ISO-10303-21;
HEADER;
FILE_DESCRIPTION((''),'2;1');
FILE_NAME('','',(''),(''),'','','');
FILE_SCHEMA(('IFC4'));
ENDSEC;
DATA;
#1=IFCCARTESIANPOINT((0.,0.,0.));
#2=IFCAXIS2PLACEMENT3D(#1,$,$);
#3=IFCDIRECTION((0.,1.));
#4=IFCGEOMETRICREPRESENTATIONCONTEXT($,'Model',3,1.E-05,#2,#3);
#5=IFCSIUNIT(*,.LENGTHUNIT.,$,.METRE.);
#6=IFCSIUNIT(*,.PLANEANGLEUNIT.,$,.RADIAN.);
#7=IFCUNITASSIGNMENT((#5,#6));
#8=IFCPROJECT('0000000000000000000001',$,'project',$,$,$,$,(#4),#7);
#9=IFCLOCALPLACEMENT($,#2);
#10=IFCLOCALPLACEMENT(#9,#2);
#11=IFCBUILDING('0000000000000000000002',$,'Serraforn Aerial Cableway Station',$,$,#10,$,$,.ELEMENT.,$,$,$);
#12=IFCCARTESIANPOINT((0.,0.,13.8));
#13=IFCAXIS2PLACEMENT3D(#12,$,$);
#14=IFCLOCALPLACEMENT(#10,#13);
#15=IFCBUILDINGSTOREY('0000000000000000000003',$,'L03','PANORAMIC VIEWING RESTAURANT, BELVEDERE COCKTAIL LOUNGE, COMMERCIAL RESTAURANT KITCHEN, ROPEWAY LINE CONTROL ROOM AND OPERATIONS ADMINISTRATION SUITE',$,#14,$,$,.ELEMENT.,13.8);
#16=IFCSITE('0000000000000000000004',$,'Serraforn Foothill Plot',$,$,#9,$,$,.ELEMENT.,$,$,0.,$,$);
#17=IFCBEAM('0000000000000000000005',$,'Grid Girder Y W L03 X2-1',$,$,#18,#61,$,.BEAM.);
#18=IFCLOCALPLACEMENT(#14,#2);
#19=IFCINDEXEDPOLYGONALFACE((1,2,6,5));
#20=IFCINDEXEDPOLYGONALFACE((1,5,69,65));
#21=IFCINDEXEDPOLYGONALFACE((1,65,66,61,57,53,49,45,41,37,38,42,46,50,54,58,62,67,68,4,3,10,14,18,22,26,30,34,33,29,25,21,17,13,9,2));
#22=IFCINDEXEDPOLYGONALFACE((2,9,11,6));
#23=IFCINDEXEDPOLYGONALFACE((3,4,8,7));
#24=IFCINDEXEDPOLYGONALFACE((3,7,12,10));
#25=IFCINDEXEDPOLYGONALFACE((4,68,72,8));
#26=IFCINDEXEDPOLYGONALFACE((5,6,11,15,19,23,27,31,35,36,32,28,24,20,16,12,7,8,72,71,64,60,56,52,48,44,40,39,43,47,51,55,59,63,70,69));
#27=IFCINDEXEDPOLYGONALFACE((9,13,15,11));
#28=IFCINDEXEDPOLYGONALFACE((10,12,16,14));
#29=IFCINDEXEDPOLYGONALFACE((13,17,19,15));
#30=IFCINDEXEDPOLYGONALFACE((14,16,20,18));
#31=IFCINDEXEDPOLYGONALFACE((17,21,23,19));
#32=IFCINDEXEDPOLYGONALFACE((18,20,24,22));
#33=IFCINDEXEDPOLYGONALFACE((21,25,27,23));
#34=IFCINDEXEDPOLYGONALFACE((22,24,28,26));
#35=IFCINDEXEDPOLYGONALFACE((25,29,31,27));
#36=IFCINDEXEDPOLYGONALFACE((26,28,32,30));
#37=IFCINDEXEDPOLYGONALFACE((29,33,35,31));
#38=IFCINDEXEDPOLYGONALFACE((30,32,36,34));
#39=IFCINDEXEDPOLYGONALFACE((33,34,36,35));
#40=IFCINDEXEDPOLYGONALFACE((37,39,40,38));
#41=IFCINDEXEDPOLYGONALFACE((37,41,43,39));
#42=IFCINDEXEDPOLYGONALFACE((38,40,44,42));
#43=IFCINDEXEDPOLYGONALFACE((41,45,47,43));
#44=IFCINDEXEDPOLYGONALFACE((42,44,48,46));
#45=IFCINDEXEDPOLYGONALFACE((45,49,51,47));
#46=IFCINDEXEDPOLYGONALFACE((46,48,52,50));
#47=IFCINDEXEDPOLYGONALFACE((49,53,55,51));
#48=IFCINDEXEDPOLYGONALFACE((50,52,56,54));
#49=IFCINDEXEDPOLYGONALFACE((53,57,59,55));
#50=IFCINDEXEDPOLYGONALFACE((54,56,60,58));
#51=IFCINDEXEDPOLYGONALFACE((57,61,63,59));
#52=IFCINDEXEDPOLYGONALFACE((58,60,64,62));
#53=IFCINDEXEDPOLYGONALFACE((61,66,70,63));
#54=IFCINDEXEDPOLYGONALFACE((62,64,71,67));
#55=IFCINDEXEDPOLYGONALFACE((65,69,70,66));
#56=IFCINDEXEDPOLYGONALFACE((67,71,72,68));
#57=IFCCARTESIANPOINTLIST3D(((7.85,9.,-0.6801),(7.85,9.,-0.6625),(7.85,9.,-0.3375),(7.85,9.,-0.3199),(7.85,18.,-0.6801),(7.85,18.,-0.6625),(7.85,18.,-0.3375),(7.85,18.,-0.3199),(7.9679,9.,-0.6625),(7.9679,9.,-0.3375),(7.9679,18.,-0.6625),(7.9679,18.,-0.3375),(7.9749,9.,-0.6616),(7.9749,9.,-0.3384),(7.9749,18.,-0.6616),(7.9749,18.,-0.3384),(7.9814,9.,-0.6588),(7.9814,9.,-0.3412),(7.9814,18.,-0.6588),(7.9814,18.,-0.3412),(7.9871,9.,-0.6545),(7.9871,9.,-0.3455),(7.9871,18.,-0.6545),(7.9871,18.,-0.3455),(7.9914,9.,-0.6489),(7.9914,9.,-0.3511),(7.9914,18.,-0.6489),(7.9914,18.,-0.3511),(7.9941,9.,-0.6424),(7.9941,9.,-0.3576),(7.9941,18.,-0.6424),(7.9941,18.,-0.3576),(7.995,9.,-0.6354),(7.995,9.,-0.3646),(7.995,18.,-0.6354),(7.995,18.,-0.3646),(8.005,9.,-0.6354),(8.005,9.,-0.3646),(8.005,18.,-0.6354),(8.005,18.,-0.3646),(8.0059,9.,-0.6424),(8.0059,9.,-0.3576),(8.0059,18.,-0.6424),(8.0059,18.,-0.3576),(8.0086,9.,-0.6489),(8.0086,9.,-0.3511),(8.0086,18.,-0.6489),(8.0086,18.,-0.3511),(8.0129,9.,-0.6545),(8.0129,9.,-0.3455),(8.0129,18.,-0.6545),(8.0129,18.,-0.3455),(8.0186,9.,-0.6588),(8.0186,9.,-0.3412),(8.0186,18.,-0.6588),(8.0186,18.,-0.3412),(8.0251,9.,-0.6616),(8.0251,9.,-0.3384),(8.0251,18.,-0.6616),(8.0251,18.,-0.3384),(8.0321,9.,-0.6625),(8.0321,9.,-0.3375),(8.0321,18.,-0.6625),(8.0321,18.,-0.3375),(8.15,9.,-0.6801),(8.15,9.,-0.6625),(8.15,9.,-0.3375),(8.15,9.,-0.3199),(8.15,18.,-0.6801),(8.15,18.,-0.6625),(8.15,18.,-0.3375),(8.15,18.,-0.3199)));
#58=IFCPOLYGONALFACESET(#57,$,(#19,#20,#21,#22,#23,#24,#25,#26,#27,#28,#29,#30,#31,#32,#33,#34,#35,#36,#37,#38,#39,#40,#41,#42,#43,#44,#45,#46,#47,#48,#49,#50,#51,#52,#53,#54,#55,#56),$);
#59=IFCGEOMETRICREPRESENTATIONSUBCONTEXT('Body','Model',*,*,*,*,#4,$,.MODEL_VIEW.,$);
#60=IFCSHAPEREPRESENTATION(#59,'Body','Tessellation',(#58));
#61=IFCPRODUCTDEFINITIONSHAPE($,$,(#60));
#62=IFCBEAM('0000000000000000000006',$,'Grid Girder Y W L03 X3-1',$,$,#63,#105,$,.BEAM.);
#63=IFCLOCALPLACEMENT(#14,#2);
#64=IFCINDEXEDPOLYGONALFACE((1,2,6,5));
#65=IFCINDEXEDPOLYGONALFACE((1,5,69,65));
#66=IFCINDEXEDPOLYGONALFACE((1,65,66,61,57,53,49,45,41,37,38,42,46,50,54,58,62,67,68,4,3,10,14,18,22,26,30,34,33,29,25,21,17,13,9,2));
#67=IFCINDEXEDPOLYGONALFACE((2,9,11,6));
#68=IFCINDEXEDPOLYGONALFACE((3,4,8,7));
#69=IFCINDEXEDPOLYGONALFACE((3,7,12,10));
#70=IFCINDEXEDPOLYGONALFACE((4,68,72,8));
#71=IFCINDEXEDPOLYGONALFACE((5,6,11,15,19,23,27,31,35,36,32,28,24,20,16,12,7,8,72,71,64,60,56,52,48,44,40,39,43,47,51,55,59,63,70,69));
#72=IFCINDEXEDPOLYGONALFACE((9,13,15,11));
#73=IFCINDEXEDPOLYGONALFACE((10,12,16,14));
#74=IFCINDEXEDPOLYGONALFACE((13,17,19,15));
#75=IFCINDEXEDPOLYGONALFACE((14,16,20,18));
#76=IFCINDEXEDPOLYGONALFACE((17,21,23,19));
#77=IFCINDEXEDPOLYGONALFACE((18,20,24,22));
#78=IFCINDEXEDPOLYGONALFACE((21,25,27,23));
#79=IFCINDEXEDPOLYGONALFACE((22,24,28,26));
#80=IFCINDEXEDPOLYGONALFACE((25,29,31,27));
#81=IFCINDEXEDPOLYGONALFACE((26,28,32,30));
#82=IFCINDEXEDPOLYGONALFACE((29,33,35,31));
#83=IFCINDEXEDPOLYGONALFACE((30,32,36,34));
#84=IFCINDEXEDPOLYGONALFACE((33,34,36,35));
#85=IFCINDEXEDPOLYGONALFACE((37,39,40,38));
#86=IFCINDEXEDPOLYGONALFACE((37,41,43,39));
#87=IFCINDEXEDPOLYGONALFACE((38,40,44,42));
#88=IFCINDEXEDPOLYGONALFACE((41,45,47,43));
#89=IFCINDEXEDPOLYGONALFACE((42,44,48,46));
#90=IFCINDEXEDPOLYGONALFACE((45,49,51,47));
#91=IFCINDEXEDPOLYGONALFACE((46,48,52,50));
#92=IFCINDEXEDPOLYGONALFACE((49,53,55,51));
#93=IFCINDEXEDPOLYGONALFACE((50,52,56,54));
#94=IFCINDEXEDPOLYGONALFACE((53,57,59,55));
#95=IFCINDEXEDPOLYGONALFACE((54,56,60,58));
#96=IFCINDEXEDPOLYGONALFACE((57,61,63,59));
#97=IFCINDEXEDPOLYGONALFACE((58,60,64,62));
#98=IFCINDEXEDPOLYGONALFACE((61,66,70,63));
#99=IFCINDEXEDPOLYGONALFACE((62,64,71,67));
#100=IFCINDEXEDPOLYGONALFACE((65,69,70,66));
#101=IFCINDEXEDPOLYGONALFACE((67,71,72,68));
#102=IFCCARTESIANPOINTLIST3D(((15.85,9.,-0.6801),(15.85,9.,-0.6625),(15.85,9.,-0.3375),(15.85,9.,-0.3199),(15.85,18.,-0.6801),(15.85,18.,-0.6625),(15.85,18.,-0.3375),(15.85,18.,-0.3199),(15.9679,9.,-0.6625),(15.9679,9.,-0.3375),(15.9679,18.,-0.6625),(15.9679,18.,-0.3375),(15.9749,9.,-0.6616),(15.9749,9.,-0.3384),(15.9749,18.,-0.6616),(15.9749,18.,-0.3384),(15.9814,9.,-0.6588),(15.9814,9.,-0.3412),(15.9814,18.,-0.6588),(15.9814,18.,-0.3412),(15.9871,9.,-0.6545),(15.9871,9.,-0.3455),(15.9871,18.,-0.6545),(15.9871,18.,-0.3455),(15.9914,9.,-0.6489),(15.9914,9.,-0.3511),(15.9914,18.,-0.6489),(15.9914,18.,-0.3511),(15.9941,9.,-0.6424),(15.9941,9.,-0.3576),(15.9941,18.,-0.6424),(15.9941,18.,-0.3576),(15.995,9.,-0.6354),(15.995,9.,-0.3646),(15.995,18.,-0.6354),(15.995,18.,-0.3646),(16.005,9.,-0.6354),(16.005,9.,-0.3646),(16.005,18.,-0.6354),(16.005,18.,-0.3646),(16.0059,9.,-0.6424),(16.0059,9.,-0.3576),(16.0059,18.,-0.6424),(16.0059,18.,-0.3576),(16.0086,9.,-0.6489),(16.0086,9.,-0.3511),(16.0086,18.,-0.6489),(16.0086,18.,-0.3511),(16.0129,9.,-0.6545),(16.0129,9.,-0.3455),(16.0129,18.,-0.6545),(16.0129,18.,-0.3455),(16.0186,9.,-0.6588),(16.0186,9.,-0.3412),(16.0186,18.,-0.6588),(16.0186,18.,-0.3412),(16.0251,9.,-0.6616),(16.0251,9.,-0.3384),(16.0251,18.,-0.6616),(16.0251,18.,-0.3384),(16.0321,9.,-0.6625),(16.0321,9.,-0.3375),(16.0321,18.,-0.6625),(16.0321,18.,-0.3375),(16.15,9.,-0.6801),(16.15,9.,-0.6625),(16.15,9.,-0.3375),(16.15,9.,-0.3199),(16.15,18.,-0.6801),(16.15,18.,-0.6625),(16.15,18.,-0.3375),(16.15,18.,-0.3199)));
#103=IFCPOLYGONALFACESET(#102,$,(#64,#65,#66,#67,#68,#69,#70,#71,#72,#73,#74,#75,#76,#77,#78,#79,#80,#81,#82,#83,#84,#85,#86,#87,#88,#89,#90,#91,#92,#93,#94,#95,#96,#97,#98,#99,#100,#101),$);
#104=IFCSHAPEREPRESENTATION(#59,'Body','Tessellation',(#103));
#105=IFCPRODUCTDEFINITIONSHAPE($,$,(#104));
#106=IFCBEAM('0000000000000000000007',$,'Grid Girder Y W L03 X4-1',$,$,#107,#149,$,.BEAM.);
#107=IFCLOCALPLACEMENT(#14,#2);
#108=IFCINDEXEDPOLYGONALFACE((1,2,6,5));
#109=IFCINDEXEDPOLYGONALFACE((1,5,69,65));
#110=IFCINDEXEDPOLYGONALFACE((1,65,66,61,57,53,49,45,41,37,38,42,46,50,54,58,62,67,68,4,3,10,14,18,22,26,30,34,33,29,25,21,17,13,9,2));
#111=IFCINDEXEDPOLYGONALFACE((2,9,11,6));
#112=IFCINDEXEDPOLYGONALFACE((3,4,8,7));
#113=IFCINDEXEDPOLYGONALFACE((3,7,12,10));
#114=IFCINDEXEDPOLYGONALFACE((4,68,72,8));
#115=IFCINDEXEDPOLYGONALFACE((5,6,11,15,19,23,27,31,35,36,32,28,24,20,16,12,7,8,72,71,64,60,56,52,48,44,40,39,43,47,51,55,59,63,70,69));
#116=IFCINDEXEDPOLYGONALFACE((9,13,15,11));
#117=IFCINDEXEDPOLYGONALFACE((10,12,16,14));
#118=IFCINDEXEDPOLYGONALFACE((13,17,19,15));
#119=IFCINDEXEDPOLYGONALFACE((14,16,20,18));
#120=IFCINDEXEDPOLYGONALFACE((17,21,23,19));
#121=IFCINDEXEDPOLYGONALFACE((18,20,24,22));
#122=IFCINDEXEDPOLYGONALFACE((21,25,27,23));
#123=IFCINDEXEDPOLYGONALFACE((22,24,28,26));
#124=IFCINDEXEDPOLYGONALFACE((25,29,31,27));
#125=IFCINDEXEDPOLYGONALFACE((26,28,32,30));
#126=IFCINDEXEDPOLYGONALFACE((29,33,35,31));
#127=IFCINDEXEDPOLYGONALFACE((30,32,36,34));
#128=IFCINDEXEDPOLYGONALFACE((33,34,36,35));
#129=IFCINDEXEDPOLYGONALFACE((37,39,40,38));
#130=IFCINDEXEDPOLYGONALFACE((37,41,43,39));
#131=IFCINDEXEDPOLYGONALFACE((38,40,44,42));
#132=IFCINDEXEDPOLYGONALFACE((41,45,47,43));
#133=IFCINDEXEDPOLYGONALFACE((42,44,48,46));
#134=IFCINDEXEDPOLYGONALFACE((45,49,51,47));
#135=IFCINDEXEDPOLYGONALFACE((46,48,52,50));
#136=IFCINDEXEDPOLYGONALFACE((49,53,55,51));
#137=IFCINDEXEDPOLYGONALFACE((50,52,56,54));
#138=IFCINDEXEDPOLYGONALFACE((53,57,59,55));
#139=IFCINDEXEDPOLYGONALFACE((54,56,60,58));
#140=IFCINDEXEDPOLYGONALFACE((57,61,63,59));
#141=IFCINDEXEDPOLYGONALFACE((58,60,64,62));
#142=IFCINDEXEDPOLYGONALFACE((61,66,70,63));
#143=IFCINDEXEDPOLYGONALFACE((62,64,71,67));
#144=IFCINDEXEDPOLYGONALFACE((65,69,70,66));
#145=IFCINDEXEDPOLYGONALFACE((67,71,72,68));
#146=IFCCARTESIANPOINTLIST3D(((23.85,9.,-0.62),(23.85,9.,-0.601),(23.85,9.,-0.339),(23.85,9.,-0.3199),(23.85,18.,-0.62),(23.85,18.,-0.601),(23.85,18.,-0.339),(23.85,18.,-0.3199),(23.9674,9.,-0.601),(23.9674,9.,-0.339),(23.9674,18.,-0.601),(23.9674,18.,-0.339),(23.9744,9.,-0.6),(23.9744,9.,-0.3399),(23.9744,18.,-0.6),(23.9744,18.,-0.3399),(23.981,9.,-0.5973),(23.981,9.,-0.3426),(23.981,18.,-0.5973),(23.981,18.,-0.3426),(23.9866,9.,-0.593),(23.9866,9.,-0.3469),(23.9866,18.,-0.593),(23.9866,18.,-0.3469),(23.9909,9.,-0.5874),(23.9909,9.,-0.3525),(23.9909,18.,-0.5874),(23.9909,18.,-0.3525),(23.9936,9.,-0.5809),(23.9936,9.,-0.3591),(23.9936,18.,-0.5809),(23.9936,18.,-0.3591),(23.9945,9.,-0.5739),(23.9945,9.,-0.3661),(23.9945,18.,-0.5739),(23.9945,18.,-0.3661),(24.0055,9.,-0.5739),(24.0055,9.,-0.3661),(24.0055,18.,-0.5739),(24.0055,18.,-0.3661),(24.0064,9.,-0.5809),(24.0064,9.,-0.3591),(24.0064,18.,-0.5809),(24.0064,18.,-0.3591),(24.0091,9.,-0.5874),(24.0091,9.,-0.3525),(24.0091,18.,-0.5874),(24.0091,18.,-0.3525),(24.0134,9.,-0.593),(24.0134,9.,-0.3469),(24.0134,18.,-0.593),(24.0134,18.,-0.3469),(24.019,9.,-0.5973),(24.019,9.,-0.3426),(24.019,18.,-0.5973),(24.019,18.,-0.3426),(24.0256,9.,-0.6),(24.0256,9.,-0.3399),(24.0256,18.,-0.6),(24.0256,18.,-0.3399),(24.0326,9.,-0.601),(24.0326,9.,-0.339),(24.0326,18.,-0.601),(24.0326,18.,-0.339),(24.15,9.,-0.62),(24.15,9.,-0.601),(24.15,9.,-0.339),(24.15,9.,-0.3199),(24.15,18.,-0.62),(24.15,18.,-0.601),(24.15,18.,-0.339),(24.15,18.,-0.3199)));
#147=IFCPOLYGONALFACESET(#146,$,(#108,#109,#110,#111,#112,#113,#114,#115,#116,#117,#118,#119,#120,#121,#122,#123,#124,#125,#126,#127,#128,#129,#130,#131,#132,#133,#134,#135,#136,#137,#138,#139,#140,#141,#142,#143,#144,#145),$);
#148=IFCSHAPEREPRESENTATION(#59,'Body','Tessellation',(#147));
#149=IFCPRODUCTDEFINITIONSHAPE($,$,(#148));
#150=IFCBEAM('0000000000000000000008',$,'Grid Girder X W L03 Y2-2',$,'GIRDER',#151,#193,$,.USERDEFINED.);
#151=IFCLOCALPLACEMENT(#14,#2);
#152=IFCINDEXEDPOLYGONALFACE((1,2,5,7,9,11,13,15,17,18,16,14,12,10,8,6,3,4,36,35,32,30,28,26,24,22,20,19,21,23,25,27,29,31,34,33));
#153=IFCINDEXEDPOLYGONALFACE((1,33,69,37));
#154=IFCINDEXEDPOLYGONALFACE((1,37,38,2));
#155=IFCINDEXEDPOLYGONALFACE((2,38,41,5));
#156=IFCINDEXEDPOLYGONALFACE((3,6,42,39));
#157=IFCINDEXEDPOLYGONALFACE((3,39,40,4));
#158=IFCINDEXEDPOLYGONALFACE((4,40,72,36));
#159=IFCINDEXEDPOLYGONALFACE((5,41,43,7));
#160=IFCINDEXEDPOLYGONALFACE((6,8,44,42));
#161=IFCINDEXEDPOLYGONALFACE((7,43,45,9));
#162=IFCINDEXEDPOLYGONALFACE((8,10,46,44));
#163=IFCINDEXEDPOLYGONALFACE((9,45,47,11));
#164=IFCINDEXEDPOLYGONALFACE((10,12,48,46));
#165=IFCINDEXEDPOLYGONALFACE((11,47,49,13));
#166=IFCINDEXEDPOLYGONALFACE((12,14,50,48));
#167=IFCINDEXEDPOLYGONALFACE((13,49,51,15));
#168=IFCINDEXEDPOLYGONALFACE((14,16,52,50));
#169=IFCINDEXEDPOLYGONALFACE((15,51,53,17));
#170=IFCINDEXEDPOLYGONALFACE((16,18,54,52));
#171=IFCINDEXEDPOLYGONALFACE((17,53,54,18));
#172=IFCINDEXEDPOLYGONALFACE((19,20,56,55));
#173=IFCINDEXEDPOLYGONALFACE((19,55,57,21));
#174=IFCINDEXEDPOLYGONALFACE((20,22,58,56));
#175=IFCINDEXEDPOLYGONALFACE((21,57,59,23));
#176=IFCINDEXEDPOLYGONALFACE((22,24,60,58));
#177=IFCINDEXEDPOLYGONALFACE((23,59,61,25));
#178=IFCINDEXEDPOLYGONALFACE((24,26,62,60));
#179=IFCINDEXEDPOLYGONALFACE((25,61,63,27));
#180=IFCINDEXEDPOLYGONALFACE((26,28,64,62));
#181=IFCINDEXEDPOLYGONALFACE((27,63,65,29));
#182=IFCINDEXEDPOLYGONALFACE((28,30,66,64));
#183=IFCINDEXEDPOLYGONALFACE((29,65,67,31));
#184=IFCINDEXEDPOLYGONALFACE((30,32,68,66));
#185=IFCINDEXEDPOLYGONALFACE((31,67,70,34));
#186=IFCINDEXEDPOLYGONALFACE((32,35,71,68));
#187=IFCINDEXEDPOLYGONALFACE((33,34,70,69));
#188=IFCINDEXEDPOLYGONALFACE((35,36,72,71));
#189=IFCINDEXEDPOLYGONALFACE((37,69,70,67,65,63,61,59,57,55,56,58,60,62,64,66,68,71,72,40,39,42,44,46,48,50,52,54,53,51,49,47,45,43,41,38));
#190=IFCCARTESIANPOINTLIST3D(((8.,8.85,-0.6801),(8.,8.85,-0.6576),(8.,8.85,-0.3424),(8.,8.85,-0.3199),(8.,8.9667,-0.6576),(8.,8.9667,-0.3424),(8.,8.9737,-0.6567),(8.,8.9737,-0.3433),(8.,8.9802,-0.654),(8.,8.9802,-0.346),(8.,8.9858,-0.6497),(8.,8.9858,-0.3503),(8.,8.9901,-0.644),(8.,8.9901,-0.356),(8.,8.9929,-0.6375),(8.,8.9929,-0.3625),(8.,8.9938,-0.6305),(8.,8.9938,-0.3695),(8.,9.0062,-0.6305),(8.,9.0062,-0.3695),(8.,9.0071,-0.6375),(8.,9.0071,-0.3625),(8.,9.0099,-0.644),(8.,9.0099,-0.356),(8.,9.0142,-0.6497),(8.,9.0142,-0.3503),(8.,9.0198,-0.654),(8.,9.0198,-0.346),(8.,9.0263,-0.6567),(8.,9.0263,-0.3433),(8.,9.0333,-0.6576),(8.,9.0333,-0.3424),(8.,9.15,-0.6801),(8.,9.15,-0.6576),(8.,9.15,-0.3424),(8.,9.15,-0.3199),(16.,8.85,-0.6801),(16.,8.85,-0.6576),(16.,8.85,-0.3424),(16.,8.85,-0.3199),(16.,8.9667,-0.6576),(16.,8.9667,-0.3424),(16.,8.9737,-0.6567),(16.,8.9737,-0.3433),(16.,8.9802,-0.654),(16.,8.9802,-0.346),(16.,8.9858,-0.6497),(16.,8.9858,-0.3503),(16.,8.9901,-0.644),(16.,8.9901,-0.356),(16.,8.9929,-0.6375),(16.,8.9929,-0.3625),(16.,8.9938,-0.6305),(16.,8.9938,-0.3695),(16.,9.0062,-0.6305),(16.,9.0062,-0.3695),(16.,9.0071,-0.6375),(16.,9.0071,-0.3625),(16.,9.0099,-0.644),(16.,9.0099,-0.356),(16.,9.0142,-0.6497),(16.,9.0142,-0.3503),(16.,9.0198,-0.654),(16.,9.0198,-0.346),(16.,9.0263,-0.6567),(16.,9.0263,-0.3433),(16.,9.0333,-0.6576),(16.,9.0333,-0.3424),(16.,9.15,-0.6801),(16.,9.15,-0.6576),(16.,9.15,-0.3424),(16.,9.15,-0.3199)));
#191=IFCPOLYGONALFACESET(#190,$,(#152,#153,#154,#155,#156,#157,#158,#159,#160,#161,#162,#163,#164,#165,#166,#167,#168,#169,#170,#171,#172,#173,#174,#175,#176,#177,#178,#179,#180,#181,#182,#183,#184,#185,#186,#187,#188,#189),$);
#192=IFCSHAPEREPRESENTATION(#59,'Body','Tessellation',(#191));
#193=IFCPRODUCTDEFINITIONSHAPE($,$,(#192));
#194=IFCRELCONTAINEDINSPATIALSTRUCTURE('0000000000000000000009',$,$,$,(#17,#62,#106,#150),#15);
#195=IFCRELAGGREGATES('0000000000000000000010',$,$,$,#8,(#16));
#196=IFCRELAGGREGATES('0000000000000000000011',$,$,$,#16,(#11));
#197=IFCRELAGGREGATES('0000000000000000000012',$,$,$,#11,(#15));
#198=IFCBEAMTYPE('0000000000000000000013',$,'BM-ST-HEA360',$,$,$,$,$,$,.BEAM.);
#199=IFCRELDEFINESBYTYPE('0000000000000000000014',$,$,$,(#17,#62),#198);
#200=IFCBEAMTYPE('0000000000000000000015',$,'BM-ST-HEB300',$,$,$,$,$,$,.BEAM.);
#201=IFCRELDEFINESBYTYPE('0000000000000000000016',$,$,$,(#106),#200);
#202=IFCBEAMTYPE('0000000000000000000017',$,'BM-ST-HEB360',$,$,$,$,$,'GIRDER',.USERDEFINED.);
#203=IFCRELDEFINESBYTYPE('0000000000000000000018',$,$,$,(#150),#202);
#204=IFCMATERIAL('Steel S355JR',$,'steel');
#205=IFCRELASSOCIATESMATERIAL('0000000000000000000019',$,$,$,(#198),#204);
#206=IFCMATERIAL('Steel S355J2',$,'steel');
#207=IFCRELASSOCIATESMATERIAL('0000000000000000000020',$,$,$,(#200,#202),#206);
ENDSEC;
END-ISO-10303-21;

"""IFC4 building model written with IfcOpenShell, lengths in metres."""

from ifc_helpers import new_model, si_unit, direction, frame, origin, origin_2d, place, context, subcontext, project, spatial, i_section, extrude, material, material_profile, profile_set, type_object, element, save


model = new_model("IFC4")

# Units and contexts
model_context = context("Model", 3, precision=1e-05, world=origin(), true_north=direction((0.0, 1.0)))
body_context = subcontext(model_context, "Body", "Model", "MODEL_VIEW")
ifc_project = project(units=[si_unit("LENGTHUNIT", "METRE"), si_unit("PLANEANGLEUNIT", "RADIAN")], contexts=[model_context])

# Site, building, storey
site_placement = place(None, origin())
site = spatial("IfcSite", under=ifc_project, at=site_placement, Name="Serraforn Foothill Plot", CompositionType="ELEMENT", RefElevation=0.0)
building_placement = place(site_placement, origin())
building = spatial("IfcBuilding", under=site, at=building_placement, Name="Serraforn Aerial Cableway Station", CompositionType="ELEMENT")
storey_placement = place(building_placement, frame((0.0, 0.0, 13.8)))
storey = spatial("IfcBuildingStorey", under=building, at=storey_placement, Name="L03", Description="PANORAMIC VIEWING RESTAURANT, BELVEDERE COCKTAIL LOUNGE, COMMERCIAL RESTAURANT KITCHEN, ROPEWAY LINE CONTROL ROOM AND OPERATIONS ADMINISTRATION SUITE", CompositionType="ELEMENT", Elevation=13.8)

# Beams
ifc_material_1 = material(Name="Steel S355JR", Category="steel")
ifc_material_profile_1 = material_profile(ifc_material_1, i_section(OverallWidth=0.3, OverallDepth=0.3601, WebThickness=0.01, FlangeThickness=0.0176, FilletRadius=0.0271, at=origin_2d()), Name="HEA 360")
ifc_profile_set_1 = profile_set([ifc_material_profile_1], Name="Steel S355JR")
beam_type_1 = type_object("IfcBeamType", Name="BM-ST-HEA360", PredefinedType="BEAM", material=ifc_profile_set_1)
for number, where, z_axis, x_axis, name in (
    (1, (8.0, 9.0, -0.5), (0.0, 1.0, 0.0), (-1.0, 0.0, 0.0), "Grid Girder Y W L03 X2-1"),
    (2, (16.0, 9.0, -0.5), (0.0, 1.0, 0.0), (-1.0, 0.0, 0.0), "Grid Girder Y W L03 X3-1"),
):
    element("IfcBeam", number, at=place(storey_placement, frame(where, z_axis=z_axis, x_axis=x_axis)), inside=storey, type_object=beam_type_1, Name=name, PredefinedType="BEAM", context=body_context, shape_type="SweptSolid", body=[
        extrude(i_section(OverallWidth=0.3, OverallDepth=0.3601, WebThickness=0.01, FlangeThickness=0.0176, FilletRadius=0.0271, at=origin_2d()), origin(), (0.0, 0.0, 1.0), 9.0),
    ])
ifc_material_2 = material(Name="Steel S355J2", Category="steel")
ifc_material_profile_2 = material_profile(ifc_material_2, i_section(OverallWidth=0.3, OverallDepth=0.3, WebThickness=0.011, FlangeThickness=0.019, FilletRadius=0.0271, at=origin_2d()), Name="HEB 300")
ifc_profile_set_2 = profile_set([ifc_material_profile_2], Name="Steel S355J2")
beam_type_2 = type_object("IfcBeamType", Name="BM-ST-HEB300", PredefinedType="BEAM", material=ifc_profile_set_2)
beam_1_placement = place(storey_placement, frame((24.0, 9.0, -0.47), z_axis=(0.0, 1.0, 0.0), x_axis=(-1.0, 0.0, 0.0)))
element("IfcBeam", 3, at=beam_1_placement, inside=storey, type_object=beam_type_2, Name="Grid Girder Y W L03 X4-1", PredefinedType="BEAM", context=body_context, shape_type="SweptSolid", body=[
    extrude(i_section(OverallWidth=0.3, OverallDepth=0.3, WebThickness=0.011, FlangeThickness=0.019, FilletRadius=0.0271, at=origin_2d()), origin(), (0.0, 0.0, 1.0), 9.0),
])
ifc_material_profile_3 = material_profile(ifc_material_2, i_section(OverallWidth=0.3, OverallDepth=0.3601, WebThickness=0.0125, FlangeThickness=0.0225, FilletRadius=0.0271, at=origin_2d()), Name="HEB 360")
ifc_profile_set_3 = profile_set([ifc_material_profile_3], Name="Steel S355J2")
beam_type_3 = type_object("IfcBeamType", Name="BM-ST-HEB360", ElementType="GIRDER", PredefinedType="USERDEFINED", material=ifc_profile_set_3)
beam_2_placement = place(storey_placement, frame((8.0, 9.0, -0.5), z_axis=(1.0, 0.0, 0.0), x_axis=(0.0, 1.0, 0.0)))
element("IfcBeam", 4, at=beam_2_placement, inside=storey, type_object=beam_type_3, Name="Grid Girder X W L03 Y2-2", ObjectType="GIRDER", PredefinedType="USERDEFINED", context=body_context, shape_type="SweptSolid", body=[
    extrude(i_section(OverallWidth=0.3, OverallDepth=0.3601, WebThickness=0.0125, FlangeThickness=0.0225, FilletRadius=0.0271, at=origin_2d()), origin(), (0.0, 0.0, 1.0), 8.0),
])

save(model, "model.ifc")
